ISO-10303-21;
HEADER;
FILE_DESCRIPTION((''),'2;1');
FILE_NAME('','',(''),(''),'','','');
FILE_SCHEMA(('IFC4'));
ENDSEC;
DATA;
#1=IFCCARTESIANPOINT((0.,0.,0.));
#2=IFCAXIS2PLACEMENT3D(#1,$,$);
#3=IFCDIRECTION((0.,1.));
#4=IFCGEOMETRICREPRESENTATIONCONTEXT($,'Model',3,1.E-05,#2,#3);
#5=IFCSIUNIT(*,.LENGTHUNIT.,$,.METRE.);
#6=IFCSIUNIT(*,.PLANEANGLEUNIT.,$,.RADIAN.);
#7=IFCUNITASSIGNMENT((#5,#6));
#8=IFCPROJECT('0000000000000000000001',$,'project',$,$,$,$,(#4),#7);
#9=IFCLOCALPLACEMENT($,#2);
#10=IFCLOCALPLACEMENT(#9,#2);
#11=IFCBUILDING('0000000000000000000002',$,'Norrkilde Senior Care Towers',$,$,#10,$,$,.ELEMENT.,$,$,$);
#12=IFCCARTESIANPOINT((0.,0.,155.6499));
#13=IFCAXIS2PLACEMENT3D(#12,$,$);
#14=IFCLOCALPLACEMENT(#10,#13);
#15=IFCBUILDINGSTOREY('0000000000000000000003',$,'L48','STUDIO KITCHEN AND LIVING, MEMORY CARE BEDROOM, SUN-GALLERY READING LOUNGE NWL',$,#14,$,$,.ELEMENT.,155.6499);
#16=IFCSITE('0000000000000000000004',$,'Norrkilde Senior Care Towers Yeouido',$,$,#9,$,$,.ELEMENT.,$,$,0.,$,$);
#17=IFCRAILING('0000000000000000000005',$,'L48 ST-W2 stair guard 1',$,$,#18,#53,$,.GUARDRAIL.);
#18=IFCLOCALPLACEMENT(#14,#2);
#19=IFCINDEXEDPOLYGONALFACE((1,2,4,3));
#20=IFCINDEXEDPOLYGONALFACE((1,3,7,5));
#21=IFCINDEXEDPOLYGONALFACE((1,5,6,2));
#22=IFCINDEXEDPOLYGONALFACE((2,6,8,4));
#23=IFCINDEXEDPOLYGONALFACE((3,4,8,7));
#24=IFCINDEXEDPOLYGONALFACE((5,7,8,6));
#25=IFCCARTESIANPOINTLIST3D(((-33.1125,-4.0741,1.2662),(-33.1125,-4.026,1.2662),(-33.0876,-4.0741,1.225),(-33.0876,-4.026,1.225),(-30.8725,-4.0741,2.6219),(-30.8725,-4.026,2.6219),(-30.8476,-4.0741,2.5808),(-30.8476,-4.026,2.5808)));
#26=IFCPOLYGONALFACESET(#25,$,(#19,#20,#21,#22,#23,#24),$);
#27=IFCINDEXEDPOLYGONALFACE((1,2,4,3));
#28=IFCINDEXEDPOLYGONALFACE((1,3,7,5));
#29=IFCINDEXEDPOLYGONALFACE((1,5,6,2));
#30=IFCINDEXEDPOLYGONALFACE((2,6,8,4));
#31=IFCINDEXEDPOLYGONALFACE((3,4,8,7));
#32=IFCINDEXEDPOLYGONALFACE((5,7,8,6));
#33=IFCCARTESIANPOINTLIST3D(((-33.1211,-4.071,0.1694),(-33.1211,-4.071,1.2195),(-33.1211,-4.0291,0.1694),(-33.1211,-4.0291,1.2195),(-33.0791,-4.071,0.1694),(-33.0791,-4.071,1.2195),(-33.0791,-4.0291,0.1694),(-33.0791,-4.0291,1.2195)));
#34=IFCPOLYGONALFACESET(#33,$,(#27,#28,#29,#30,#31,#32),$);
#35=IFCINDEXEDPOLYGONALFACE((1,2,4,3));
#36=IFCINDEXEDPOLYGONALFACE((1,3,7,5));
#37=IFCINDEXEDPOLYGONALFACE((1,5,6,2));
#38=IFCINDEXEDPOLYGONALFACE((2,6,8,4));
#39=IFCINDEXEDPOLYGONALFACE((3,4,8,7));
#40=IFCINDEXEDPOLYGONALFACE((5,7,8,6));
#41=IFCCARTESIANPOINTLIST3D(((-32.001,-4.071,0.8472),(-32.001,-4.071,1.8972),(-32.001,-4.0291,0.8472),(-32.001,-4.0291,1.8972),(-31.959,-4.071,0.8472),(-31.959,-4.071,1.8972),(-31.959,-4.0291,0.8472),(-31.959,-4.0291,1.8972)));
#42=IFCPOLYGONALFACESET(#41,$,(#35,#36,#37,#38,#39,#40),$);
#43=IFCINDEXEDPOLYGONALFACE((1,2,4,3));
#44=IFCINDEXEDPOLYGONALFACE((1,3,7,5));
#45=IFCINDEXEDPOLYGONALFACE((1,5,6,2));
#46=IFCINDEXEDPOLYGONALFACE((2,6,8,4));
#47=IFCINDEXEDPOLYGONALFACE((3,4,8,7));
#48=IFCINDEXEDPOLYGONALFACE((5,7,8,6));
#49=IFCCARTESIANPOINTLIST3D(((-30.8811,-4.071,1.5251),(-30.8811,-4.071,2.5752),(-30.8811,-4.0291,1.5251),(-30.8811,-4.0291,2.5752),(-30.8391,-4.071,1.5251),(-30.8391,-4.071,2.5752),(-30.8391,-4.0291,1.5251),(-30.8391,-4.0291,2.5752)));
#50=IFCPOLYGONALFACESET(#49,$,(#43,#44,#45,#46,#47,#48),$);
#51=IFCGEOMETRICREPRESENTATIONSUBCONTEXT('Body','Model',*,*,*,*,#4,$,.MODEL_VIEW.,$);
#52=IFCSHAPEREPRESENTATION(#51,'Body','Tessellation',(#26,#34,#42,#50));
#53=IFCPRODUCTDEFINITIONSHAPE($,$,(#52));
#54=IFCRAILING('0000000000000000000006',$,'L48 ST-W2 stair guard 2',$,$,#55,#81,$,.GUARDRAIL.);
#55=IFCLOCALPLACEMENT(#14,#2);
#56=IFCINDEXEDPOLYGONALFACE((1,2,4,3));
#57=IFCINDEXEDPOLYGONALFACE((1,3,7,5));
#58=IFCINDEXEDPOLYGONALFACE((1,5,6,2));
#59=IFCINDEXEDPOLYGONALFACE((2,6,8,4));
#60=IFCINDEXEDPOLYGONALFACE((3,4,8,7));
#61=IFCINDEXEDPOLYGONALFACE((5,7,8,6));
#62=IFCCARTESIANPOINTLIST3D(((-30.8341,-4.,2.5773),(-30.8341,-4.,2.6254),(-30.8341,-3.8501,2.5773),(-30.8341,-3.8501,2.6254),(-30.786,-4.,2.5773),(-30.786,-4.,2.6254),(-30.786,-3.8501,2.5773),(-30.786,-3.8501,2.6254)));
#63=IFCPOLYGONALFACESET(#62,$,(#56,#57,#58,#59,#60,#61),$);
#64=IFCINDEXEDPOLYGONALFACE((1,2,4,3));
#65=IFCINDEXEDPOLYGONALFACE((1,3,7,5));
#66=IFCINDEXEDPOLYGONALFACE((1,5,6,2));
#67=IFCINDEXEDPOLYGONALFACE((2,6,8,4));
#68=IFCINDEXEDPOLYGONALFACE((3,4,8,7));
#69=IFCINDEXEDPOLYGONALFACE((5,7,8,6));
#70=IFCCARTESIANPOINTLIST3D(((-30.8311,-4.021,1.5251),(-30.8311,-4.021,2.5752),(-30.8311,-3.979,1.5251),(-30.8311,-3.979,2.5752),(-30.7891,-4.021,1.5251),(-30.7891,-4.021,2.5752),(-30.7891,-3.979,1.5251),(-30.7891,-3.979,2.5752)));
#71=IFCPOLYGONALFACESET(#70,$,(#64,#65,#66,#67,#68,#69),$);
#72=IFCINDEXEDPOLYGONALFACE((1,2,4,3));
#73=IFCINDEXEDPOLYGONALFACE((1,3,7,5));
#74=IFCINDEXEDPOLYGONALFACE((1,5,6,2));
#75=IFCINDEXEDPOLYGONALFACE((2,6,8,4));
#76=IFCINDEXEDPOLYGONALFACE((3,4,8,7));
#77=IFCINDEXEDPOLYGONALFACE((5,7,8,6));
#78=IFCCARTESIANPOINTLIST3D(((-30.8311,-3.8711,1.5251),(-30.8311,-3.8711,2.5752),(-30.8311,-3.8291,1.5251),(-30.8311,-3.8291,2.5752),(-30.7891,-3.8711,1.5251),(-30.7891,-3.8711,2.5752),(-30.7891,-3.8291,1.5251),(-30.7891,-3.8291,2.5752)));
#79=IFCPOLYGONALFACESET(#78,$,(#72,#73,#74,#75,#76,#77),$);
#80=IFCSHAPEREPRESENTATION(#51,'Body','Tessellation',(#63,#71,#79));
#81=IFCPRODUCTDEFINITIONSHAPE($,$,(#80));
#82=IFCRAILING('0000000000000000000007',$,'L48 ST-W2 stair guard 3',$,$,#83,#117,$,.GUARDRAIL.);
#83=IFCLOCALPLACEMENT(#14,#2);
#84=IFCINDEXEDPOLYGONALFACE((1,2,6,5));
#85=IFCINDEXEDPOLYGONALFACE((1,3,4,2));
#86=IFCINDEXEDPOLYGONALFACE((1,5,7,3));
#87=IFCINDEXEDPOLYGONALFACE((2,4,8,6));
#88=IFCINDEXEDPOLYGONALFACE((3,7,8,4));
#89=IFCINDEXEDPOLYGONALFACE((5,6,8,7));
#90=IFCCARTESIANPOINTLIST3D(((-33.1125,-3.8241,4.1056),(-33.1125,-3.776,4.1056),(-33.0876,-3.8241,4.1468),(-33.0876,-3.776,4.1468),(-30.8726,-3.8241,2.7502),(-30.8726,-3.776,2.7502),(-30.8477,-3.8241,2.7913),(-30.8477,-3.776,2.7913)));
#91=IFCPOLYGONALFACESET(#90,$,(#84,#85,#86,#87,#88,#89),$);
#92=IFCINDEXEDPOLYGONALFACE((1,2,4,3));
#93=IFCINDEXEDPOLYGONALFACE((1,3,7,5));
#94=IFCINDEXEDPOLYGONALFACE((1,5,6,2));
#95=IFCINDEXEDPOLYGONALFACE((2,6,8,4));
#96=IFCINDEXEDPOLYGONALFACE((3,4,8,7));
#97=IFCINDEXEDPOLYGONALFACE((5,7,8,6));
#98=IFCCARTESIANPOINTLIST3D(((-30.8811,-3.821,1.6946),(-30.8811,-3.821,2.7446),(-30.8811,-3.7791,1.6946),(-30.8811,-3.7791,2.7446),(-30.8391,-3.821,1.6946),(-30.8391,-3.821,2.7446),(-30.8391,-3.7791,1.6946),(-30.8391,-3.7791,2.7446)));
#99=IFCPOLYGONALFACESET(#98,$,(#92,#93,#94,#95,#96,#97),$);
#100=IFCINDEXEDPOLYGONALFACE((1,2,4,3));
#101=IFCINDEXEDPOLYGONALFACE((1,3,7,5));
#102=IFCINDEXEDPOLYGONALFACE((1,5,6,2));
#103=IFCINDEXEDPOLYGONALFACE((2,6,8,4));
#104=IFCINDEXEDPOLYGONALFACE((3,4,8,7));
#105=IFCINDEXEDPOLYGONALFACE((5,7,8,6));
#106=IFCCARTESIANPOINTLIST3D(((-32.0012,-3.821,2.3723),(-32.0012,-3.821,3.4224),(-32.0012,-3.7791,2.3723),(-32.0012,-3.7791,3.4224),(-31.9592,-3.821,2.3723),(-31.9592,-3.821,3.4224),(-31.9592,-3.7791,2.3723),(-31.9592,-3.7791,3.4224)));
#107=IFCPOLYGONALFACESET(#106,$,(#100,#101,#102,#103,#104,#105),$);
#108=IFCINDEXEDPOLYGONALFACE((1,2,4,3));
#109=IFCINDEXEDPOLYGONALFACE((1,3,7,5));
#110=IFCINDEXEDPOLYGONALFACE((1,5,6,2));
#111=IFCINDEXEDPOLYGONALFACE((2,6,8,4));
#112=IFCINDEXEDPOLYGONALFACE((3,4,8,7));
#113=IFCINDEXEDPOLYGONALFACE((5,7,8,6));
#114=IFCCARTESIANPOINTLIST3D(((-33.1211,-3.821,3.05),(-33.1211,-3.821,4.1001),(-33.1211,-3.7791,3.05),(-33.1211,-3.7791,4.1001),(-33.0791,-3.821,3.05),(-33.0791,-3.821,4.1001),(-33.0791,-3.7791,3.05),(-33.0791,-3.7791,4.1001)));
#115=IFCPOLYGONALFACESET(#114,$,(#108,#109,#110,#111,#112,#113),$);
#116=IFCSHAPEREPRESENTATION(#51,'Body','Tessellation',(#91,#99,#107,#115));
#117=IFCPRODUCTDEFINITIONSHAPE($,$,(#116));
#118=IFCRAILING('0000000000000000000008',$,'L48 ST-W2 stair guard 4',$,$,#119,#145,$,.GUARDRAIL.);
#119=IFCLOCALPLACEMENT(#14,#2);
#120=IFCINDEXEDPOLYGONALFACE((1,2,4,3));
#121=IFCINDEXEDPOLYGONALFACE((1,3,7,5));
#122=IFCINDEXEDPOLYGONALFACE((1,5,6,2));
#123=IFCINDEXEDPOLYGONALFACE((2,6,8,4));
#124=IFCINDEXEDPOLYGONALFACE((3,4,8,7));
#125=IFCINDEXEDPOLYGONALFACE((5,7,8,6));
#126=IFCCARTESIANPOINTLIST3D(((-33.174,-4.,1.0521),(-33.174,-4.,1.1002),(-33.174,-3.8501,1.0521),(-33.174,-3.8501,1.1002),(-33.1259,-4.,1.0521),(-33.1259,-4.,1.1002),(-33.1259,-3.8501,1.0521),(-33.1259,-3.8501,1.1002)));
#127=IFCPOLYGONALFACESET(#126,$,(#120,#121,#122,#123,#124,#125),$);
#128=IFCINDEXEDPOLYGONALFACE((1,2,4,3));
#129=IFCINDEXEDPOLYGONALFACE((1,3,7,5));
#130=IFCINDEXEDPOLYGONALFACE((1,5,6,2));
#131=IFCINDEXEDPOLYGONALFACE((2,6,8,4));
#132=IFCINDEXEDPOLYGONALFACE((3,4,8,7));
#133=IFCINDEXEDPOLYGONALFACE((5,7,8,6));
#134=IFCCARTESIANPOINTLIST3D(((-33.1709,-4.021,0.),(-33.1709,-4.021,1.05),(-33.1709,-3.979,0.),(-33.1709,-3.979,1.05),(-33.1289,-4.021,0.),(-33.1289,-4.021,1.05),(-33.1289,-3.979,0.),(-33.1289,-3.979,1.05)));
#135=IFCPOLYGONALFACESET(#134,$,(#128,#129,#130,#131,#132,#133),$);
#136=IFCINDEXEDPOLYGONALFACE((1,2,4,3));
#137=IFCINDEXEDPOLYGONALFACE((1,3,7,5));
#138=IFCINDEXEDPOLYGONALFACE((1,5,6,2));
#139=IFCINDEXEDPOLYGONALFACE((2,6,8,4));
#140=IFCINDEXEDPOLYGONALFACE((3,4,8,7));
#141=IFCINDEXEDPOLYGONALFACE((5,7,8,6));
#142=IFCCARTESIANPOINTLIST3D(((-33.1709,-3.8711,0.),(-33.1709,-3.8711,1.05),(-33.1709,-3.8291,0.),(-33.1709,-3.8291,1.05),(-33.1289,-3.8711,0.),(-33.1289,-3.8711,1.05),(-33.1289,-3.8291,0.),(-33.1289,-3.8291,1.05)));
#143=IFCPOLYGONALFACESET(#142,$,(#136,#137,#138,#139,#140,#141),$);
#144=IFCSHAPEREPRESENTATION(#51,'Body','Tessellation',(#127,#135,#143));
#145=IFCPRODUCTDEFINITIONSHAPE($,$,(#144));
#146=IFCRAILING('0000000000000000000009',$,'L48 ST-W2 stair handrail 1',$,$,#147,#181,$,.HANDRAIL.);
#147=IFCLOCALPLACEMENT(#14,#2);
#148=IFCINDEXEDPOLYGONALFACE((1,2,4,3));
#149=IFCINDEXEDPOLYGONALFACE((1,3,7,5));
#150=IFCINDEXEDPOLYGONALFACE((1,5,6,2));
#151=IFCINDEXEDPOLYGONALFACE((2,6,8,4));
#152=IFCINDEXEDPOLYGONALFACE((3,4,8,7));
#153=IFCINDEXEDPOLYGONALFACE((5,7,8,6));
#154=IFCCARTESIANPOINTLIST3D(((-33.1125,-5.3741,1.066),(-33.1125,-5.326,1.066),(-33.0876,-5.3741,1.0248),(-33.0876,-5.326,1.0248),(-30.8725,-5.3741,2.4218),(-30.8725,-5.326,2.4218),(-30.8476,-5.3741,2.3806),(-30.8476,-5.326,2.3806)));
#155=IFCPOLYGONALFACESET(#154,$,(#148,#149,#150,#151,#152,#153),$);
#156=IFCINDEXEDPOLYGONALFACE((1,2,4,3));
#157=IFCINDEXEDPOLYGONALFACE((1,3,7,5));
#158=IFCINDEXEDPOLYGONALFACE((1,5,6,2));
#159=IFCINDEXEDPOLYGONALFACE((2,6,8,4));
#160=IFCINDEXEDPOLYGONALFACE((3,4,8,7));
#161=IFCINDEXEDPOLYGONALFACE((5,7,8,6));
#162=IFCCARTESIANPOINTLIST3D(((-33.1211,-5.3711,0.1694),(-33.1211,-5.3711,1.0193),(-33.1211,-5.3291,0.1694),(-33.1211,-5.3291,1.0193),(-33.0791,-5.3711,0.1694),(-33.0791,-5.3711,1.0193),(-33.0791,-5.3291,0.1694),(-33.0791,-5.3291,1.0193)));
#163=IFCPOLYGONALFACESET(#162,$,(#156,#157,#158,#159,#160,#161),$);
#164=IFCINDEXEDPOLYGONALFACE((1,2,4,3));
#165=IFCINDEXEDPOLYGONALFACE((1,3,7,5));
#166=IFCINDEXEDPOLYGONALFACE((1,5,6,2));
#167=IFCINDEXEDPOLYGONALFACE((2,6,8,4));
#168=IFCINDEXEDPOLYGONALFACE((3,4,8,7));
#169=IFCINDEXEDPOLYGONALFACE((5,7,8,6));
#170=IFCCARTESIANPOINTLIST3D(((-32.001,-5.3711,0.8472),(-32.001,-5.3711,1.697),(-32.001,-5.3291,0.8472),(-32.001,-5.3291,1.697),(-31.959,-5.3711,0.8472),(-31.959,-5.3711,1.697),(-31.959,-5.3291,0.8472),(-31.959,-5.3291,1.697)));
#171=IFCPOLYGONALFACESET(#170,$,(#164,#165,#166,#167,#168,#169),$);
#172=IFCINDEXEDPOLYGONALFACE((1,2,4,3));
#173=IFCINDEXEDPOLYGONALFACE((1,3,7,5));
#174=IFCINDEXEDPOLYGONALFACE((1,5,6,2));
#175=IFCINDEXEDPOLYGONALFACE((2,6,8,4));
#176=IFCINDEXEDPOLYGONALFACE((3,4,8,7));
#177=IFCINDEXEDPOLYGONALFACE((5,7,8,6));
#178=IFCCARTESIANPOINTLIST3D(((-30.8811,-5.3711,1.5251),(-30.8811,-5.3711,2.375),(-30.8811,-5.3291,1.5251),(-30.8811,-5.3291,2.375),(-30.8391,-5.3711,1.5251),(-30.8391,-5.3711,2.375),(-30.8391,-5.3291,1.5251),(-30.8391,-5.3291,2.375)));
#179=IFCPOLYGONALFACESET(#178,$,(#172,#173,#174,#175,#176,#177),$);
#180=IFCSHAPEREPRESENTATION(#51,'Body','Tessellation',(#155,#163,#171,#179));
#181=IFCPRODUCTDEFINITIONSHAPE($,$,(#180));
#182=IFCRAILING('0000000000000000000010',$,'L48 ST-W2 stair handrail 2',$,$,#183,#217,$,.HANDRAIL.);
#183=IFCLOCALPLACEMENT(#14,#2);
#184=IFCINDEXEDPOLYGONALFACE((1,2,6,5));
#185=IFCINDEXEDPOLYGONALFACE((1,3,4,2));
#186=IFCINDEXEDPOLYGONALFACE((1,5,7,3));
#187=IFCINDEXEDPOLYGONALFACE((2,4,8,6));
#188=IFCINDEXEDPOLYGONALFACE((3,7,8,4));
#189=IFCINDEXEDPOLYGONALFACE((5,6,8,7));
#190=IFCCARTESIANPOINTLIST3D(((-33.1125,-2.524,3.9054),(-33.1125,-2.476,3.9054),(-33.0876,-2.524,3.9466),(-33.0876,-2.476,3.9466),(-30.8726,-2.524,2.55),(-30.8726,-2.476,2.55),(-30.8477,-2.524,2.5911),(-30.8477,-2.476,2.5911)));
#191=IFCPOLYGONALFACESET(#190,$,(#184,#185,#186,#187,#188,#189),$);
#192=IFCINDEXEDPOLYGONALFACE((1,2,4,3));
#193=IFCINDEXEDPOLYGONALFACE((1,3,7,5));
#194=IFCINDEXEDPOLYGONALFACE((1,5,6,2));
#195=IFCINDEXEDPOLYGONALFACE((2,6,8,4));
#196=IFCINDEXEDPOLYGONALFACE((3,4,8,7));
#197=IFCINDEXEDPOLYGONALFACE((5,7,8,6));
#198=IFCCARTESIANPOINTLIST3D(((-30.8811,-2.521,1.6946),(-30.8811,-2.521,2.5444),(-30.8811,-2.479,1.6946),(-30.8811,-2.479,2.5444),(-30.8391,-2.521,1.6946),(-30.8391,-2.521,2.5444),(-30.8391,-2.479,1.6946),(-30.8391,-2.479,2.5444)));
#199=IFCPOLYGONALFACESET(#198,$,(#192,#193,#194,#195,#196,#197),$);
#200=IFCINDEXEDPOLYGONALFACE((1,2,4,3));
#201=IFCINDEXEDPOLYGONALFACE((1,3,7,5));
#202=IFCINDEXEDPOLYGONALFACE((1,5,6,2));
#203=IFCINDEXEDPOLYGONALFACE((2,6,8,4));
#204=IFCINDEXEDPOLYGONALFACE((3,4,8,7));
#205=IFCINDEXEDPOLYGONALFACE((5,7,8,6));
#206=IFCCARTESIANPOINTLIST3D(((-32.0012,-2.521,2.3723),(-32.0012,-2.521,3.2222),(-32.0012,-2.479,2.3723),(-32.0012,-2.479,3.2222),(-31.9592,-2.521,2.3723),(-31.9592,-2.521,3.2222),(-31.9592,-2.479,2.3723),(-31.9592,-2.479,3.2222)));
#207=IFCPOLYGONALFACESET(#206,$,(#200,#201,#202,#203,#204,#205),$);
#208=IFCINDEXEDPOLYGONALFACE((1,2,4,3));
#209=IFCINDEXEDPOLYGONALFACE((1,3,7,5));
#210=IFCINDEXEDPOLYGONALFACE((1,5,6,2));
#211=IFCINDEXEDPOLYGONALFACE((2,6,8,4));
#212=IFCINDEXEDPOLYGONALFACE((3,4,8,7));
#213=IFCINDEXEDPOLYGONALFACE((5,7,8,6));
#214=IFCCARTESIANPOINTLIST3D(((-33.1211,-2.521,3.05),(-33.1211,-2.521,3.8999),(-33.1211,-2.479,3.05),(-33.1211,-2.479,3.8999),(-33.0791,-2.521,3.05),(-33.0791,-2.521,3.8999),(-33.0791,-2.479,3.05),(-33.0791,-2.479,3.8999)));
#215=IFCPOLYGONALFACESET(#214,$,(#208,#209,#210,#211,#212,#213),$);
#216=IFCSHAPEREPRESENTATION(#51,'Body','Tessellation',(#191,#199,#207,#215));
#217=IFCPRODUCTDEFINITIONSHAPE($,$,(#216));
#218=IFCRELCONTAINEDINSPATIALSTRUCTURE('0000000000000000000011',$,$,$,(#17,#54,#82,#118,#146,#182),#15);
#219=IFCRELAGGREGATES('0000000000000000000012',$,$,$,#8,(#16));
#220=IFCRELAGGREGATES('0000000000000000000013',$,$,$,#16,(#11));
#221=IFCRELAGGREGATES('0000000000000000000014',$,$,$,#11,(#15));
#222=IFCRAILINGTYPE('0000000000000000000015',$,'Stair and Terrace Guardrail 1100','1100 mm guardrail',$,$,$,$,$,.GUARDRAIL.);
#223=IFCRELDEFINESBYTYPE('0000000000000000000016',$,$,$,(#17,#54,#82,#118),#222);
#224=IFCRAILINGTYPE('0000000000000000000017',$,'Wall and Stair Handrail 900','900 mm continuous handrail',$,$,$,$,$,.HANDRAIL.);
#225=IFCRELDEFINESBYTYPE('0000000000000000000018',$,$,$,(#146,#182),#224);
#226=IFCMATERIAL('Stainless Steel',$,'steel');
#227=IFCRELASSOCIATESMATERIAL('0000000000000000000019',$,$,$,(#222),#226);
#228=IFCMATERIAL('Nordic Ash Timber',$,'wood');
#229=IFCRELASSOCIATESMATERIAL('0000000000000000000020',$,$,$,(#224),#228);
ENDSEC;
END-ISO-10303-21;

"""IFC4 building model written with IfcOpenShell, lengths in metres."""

from ifc_helpers import new_model, si_unit, direction, frame, origin, origin_2d, place, context, subcontext, project, spatial, rectangle, extrude, material, type_object, element, save


model = new_model("IFC4")

# Units and contexts
model_context = context("Model", 3, precision=1e-05, world=origin(), true_north=direction((0.0, 1.0)))
body_context = subcontext(model_context, "Body", "Model", "MODEL_VIEW")
ifc_project = project(units=[si_unit("LENGTHUNIT", "METRE"), si_unit("PLANEANGLEUNIT", "RADIAN")], contexts=[model_context])

# Site, building, storey
site_placement = place(None, origin())
site = spatial("IfcSite", under=ifc_project, at=site_placement, Name="Norrkilde Senior Care Towers Yeouido", CompositionType="ELEMENT", RefElevation=0.0)
building_placement = place(site_placement, origin())
building = spatial("IfcBuilding", under=site, at=building_placement, Name="Norrkilde Senior Care Towers", CompositionType="ELEMENT")
storey_placement = place(building_placement, frame((0.0, 0.0, 155.6499)))
storey = spatial("IfcBuildingStorey", under=building, at=storey_placement, Name="L48", Description="STUDIO KITCHEN AND LIVING, MEMORY CARE BEDROOM, SUN-GALLERY READING LOUNGE NWL", CompositionType="ELEMENT", Elevation=155.6499)

# Railings
ifc_material_1 = material(Name="Stainless Steel", Category="steel")
railing_type_1 = type_object("IfcRailingType", Name="Stair and Terrace Guardrail 1100", Description="1100 mm guardrail", PredefinedType="GUARDRAIL", material=ifc_material_1)
railing_1_placement = place(storey_placement, frame((-33.1001, -4.05, 0.1694)))
element("IfcRailing", 1, at=railing_1_placement, inside=storey, type_object=railing_type_1, Name="L48 ST-W2 stair guard 1", PredefinedType="GUARDRAIL", context=body_context, shape_type="SweptSolid", body=[
    extrude(rectangle(XDim=0.0481, YDim=0.0481, at=origin_2d()), frame((0.0, 0.0, 1.0762), z_axis=(0.855512, 0.0, 0.517783), x_axis=(0.0, 1.0, 0.0)), (0.0, 0.0, 1.0), 2.6184),
    extrude(rectangle(XDim=0.042, YDim=0.042, at=origin_2d()), origin(), (0.0, 0.0, 1.0), 1.05),
    extrude(rectangle(XDim=0.042, YDim=0.042, at=origin_2d()), frame((1.1201, 0.0, 0.6777)), (0.0, 0.0, 1.0), 1.05),
    extrude(rectangle(XDim=0.042, YDim=0.042, at=origin_2d()), frame((2.24, 0.0, 1.3557)), (0.0, 0.0, 1.0), 1.05),
])
railing_2_placement = place(storey_placement, frame((-30.8101, -4.0, 1.5251)))
element("IfcRailing", 2, at=railing_2_placement, inside=storey, type_object=railing_type_1, Name="L48 ST-W2 stair guard 2", PredefinedType="GUARDRAIL", context=body_context, shape_type="SweptSolid", body=[
    extrude(rectangle(XDim=0.0481, YDim=0.0481, at=origin_2d()), frame((0.0, 0.0, 1.0762), z_axis=(0.0, 1.0, 0.0), x_axis=(-1.0, 0.0, 0.0)), (0.0, 0.0, 1.0), 0.1499),
    extrude(rectangle(XDim=0.042, YDim=0.042, at=origin_2d()), origin(), (0.0, 0.0, 1.0), 1.05),
    extrude(rectangle(XDim=0.042, YDim=0.042, at=origin_2d()), frame((0.0, 0.1499, 0.0)), (0.0, 0.0, 1.0), 1.05),
])
railing_3_placement = place(storey_placement, frame((-30.8601, -3.8, 1.6946)))
element("IfcRailing", 3, at=railing_3_placement, inside=storey, type_object=railing_type_1, Name="L48 ST-W2 stair guard 3", PredefinedType="GUARDRAIL", context=body_context, shape_type="SweptSolid", body=[
    extrude(rectangle(XDim=0.0481, YDim=0.0481, at=origin_2d()), frame((0.0, 0.0, 1.0762), z_axis=(-0.855553, 0.0, 0.517715), x_axis=(0.0, -1.0, 0.0)), (0.0, 0.0, 1.0), 2.6182),
    extrude(rectangle(XDim=0.042, YDim=0.042, at=origin_2d()), origin(), (0.0, 0.0, 1.0), 1.05),
    extrude(rectangle(XDim=0.042, YDim=0.042, at=origin_2d()), frame((-1.1201, 0.0, 0.6777)), (0.0, 0.0, 1.0), 1.05),
    extrude(rectangle(XDim=0.042, YDim=0.042, at=origin_2d()), frame((-2.24, 0.0, 1.3555)), (0.0, 0.0, 1.0), 1.05),
])
railing_4_placement = place(storey_placement, frame((-33.1499, -4.0, 0.0)))
element("IfcRailing", 4, at=railing_4_placement, inside=storey, type_object=railing_type_1, Name="L48 ST-W2 stair guard 4", PredefinedType="GUARDRAIL", context=body_context, shape_type="SweptSolid", body=[
    extrude(rectangle(XDim=0.0481, YDim=0.0481, at=origin_2d()), frame((0.0, 0.0, 1.0762), z_axis=(0.0, 1.0, 0.0), x_axis=(-1.0, 0.0, 0.0)), (0.0, 0.0, 1.0), 0.1499),
    extrude(rectangle(XDim=0.042, YDim=0.042, at=origin_2d()), origin(), (0.0, 0.0, 1.0), 1.05),
    extrude(rectangle(XDim=0.042, YDim=0.042, at=origin_2d()), frame((0.0, 0.1499, 0.0)), (0.0, 0.0, 1.0), 1.05),
])
ifc_material_2 = material(Name="Nordic Ash Timber", Category="wood")
railing_type_2 = type_object("IfcRailingType", Name="Wall and Stair Handrail 900", Description="900 mm continuous handrail", PredefinedType="HANDRAIL", material=ifc_material_2)
railing_5_placement = place(storey_placement, frame((-33.1001, -5.3501, 0.1694)))
element("IfcRailing", 5, at=railing_5_placement, inside=storey, type_object=railing_type_2, Name="L48 ST-W2 stair handrail 1", PredefinedType="HANDRAIL", context=body_context, shape_type="SweptSolid", body=[
    extrude(rectangle(XDim=0.0481, YDim=0.0481, at=origin_2d()), frame((0.0, 0.0, 0.876), z_axis=(0.855512, 0.0, 0.517783), x_axis=(0.0, 1.0, 0.0)), (0.0, 0.0, 1.0), 2.6184),
    extrude(rectangle(XDim=0.042, YDim=0.042, at=origin_2d()), origin(), (0.0, 0.0, 1.0), 0.8499),
    extrude(rectangle(XDim=0.042, YDim=0.042, at=origin_2d()), frame((1.1201, 0.0, 0.6777)), (0.0, 0.0, 1.0), 0.8499),
    extrude(rectangle(XDim=0.042, YDim=0.042, at=origin_2d()), frame((2.24, 0.0, 1.3557)), (0.0, 0.0, 1.0), 0.8499),
])
railing_6_placement = place(storey_placement, frame((-30.8601, -2.5, 1.6946)))
element("IfcRailing", 6, at=railing_6_placement, inside=storey, type_object=railing_type_2, Name="L48 ST-W2 stair handrail 2", PredefinedType="HANDRAIL", context=body_context, shape_type="SweptSolid", body=[
    extrude(rectangle(XDim=0.0481, YDim=0.0481, at=origin_2d()), frame((0.0, 0.0, 0.876), z_axis=(-0.855553, 0.0, 0.517715), x_axis=(0.0, -1.0, 0.0)), (0.0, 0.0, 1.0), 2.6182),
    extrude(rectangle(XDim=0.042, YDim=0.042, at=origin_2d()), origin(), (0.0, 0.0, 1.0), 0.8499),
    extrude(rectangle(XDim=0.042, YDim=0.042, at=origin_2d()), frame((-1.1201, 0.0, 0.6777)), (0.0, 0.0, 1.0), 0.8499),
    extrude(rectangle(XDim=0.042, YDim=0.042, at=origin_2d()), frame((-2.24, 0.0, 1.3555)), (0.0, 0.0, 1.0), 0.8499),
])

save(model, "model.ifc")
